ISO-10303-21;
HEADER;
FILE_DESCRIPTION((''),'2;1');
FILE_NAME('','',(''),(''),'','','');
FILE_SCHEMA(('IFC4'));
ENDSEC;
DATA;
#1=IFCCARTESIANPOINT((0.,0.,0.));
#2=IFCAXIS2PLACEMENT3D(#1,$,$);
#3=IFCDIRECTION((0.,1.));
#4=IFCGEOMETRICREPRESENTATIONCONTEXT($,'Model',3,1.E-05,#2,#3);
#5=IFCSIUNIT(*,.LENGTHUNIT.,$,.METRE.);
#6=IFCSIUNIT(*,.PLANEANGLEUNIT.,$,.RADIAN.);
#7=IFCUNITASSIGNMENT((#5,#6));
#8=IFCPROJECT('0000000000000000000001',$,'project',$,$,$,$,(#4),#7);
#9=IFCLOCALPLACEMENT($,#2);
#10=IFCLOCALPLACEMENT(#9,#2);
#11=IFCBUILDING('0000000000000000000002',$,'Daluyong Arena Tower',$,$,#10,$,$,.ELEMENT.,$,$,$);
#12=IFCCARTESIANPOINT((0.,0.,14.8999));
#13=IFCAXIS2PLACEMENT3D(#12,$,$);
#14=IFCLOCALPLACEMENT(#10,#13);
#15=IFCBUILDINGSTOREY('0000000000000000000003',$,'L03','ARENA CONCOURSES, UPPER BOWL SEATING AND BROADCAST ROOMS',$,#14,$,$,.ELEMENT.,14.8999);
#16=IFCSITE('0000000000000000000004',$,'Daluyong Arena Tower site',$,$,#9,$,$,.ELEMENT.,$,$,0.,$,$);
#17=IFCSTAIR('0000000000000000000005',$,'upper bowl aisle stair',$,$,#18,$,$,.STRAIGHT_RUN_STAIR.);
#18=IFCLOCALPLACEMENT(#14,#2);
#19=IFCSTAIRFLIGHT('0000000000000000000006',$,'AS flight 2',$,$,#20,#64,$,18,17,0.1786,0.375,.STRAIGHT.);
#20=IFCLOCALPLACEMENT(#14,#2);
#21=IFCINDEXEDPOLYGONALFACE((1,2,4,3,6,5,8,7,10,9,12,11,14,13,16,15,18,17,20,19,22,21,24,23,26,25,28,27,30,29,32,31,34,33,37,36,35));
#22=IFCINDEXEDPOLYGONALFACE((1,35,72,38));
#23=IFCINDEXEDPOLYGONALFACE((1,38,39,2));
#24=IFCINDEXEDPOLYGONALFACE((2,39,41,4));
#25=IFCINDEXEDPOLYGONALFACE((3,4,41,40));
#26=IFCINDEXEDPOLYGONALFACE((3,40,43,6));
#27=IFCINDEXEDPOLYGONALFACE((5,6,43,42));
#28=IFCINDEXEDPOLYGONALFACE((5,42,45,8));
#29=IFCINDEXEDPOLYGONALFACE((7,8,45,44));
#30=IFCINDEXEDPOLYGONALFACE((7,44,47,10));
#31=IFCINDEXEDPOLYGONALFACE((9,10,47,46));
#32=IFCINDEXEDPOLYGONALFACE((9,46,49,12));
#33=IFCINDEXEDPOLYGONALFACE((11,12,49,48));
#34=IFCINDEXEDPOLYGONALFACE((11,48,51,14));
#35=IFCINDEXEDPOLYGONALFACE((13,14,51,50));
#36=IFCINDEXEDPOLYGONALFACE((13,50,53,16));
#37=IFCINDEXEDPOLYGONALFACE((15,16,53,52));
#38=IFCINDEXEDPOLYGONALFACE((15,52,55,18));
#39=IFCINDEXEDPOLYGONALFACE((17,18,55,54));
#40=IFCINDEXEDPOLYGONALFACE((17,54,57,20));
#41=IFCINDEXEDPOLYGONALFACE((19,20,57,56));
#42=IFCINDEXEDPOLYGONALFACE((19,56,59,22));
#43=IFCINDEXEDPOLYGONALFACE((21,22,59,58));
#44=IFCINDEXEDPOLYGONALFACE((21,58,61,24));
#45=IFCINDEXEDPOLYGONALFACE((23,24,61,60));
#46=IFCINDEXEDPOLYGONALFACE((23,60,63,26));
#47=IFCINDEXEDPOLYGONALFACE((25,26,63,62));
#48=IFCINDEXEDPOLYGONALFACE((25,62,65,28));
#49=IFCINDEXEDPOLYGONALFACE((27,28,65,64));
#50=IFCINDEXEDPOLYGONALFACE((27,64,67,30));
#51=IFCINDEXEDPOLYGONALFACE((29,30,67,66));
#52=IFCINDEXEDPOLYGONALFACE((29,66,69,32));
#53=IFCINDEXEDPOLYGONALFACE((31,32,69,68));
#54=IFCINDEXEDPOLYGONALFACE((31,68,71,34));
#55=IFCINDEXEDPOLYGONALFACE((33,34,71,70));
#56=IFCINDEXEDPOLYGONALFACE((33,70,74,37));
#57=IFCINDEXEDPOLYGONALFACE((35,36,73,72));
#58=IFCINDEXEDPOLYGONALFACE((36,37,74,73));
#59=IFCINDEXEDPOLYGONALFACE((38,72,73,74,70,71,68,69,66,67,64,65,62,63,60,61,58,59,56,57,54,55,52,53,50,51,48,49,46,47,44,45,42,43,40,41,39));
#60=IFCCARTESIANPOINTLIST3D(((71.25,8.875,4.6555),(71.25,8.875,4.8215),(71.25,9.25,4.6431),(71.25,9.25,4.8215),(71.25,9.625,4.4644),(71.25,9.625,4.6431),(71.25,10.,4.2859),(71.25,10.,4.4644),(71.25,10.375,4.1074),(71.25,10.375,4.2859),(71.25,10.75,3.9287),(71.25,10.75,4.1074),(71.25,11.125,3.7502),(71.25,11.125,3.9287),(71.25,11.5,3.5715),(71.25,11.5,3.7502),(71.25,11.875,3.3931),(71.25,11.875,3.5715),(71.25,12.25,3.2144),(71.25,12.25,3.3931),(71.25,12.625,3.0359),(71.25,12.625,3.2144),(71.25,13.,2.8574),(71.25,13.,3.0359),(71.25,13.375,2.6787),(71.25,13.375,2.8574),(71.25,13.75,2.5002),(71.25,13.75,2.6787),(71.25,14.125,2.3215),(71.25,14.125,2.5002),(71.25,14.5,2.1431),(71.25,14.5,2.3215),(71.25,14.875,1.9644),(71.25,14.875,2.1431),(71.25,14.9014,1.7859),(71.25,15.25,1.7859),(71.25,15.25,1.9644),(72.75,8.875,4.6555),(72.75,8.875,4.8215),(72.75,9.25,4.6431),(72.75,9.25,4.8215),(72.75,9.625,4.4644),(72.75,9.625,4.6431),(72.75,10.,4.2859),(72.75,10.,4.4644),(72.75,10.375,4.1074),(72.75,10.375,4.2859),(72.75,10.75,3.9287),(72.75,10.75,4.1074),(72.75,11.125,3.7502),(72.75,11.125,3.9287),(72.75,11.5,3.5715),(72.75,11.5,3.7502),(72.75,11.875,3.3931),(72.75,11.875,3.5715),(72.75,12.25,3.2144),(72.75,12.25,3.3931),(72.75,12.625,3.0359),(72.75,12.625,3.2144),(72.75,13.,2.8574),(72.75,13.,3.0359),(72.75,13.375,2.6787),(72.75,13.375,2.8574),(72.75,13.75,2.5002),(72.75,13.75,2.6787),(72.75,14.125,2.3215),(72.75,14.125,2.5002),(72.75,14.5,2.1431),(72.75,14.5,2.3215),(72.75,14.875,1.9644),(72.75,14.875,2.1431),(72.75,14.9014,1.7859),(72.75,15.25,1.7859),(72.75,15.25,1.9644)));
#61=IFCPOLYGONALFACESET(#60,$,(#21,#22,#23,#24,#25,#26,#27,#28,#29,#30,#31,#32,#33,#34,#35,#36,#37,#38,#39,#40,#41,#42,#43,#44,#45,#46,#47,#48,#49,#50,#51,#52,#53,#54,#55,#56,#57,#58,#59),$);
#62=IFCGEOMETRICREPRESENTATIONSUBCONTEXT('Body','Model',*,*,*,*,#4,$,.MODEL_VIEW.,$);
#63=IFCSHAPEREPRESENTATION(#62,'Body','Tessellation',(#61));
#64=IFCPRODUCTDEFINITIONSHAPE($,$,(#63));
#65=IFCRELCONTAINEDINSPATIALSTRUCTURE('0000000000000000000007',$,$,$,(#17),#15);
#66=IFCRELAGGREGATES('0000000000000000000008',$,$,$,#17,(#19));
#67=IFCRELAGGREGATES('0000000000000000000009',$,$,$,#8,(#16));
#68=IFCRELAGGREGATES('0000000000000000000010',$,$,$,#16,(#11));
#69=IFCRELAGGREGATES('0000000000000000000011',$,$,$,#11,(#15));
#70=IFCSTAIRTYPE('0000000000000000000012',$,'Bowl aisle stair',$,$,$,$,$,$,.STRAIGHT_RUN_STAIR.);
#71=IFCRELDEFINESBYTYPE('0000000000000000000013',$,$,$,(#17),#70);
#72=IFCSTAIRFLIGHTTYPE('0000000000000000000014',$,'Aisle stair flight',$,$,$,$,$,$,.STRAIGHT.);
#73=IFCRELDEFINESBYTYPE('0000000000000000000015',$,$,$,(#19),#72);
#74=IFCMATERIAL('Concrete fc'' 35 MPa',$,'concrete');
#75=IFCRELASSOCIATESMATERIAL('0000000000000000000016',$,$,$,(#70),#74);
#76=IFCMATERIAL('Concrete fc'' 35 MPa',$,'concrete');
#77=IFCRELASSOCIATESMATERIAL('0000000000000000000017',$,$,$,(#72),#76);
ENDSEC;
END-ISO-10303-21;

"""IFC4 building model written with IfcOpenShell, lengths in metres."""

from ifc_helpers import new_model, si_unit, direction, frame, origin, place, context, subcontext, project, spatial, polyline, outline, extrude, material, type_object, element, aggregate, save


model = new_model("IFC4")

# Units and contexts
model_context = context("Model", 3, precision=1e-05, world=origin(), true_north=direction((0.0, 1.0)))
body_context = subcontext(model_context, "Body", "Model", "MODEL_VIEW")
ifc_project = project(units=[si_unit("LENGTHUNIT", "METRE"), si_unit("PLANEANGLEUNIT", "RADIAN")], contexts=[model_context])

# Site, building, storey
site_placement = place(None, origin())
site = spatial("IfcSite", under=ifc_project, at=site_placement, Name="Daluyong Arena Tower site", CompositionType="ELEMENT", RefElevation=0.0)
building_placement = place(site_placement, origin())
building = spatial("IfcBuilding", under=site, at=building_placement, Name="Daluyong Arena Tower", CompositionType="ELEMENT")
storey_placement = place(building_placement, frame((0.0, 0.0, 14.8999)))
storey = spatial("IfcBuildingStorey", under=building, at=storey_placement, Name="L03", Description="ARENA CONCOURSES, UPPER BOWL SEATING AND BROADCAST ROOMS", CompositionType="ELEMENT", Elevation=14.8999)

# Stair, stair flight
ifc_material_1 = material(Name="Concrete fc' 35 MPa", Category="concrete")
stair_type = type_object("IfcStairType", Name="Bowl aisle stair", PredefinedType="STRAIGHT_RUN_STAIR", material=ifc_material_1)
ifc_material_2 = material(Name="Concrete fc' 35 MPa", Category="concrete")
stair_flight_type = type_object("IfcStairFlightType", Name="Aisle stair flight", PredefinedType="STRAIGHT", material=ifc_material_2)
stair_1_placement = place(storey_placement, origin())
stair_1 = element("IfcStair", 1, at=stair_1_placement, inside=storey, type_object=stair_type, Name="upper bowl aisle stair", PredefinedType="STRAIGHT_RUN_STAIR")
stair_flight_1_placement = place(storey_placement, frame((72.0, 15.25, 1.7859), z_axis=(0.0, 0.0, 1.0), x_axis=(0.0, -1.0, 0.0)))
stair_flight_1 = element("IfcStairFlight", 2, at=stair_flight_1_placement, type_object=stair_flight_type, Name="AS flight 2", NumberOfRisers=18, NumberOfTreads=17, PredefinedType="STRAIGHT", RiserHeight=0.1786, TreadLength=0.375, context=body_context, shape_type="SweptSolid", body=[
    extrude(outline(polyline([(0.0, 0.0), (0.0, 0.1785), (0.375, 0.1785), (0.375, 0.3572), (0.75, 0.3572), (0.75, 0.5356), (1.125, 0.5356), (1.125, 0.7144), (1.5, 0.7144), (1.5, 0.8928), (1.875, 0.8928), (1.875, 1.0715), (2.25, 1.0715), (2.25, 1.25), (2.625, 1.25), (2.625, 1.4285), (3.0, 1.4285), (3.0, 1.6072), (3.375, 1.6072), (3.375, 1.7856), (3.75, 1.7856), (3.75, 1.9644), (4.125, 1.9644), (4.125, 2.1428), (4.5, 2.1428), (4.5, 2.3215), (4.875, 2.3215), (4.875, 2.5), (5.25, 2.5), (5.25, 2.6785), (5.625, 2.6785), (5.625, 2.8572), (6.0, 2.8572), (6.0, 3.0356), (6.375, 3.0356), (6.375, 3.2144), (6.375, 2.8696), (0.3486, 0.0), (0.0, 0.0)])), frame((0.0, 0.75, 0.0), z_axis=(0.0, -1.0, 0.0), x_axis=(1.0, 0.0, 0.0)), (0.0, 0.0, 1.0), 1.5),
])
aggregate(stair_1, [stair_flight_1])

save(model, "model.ifc")
